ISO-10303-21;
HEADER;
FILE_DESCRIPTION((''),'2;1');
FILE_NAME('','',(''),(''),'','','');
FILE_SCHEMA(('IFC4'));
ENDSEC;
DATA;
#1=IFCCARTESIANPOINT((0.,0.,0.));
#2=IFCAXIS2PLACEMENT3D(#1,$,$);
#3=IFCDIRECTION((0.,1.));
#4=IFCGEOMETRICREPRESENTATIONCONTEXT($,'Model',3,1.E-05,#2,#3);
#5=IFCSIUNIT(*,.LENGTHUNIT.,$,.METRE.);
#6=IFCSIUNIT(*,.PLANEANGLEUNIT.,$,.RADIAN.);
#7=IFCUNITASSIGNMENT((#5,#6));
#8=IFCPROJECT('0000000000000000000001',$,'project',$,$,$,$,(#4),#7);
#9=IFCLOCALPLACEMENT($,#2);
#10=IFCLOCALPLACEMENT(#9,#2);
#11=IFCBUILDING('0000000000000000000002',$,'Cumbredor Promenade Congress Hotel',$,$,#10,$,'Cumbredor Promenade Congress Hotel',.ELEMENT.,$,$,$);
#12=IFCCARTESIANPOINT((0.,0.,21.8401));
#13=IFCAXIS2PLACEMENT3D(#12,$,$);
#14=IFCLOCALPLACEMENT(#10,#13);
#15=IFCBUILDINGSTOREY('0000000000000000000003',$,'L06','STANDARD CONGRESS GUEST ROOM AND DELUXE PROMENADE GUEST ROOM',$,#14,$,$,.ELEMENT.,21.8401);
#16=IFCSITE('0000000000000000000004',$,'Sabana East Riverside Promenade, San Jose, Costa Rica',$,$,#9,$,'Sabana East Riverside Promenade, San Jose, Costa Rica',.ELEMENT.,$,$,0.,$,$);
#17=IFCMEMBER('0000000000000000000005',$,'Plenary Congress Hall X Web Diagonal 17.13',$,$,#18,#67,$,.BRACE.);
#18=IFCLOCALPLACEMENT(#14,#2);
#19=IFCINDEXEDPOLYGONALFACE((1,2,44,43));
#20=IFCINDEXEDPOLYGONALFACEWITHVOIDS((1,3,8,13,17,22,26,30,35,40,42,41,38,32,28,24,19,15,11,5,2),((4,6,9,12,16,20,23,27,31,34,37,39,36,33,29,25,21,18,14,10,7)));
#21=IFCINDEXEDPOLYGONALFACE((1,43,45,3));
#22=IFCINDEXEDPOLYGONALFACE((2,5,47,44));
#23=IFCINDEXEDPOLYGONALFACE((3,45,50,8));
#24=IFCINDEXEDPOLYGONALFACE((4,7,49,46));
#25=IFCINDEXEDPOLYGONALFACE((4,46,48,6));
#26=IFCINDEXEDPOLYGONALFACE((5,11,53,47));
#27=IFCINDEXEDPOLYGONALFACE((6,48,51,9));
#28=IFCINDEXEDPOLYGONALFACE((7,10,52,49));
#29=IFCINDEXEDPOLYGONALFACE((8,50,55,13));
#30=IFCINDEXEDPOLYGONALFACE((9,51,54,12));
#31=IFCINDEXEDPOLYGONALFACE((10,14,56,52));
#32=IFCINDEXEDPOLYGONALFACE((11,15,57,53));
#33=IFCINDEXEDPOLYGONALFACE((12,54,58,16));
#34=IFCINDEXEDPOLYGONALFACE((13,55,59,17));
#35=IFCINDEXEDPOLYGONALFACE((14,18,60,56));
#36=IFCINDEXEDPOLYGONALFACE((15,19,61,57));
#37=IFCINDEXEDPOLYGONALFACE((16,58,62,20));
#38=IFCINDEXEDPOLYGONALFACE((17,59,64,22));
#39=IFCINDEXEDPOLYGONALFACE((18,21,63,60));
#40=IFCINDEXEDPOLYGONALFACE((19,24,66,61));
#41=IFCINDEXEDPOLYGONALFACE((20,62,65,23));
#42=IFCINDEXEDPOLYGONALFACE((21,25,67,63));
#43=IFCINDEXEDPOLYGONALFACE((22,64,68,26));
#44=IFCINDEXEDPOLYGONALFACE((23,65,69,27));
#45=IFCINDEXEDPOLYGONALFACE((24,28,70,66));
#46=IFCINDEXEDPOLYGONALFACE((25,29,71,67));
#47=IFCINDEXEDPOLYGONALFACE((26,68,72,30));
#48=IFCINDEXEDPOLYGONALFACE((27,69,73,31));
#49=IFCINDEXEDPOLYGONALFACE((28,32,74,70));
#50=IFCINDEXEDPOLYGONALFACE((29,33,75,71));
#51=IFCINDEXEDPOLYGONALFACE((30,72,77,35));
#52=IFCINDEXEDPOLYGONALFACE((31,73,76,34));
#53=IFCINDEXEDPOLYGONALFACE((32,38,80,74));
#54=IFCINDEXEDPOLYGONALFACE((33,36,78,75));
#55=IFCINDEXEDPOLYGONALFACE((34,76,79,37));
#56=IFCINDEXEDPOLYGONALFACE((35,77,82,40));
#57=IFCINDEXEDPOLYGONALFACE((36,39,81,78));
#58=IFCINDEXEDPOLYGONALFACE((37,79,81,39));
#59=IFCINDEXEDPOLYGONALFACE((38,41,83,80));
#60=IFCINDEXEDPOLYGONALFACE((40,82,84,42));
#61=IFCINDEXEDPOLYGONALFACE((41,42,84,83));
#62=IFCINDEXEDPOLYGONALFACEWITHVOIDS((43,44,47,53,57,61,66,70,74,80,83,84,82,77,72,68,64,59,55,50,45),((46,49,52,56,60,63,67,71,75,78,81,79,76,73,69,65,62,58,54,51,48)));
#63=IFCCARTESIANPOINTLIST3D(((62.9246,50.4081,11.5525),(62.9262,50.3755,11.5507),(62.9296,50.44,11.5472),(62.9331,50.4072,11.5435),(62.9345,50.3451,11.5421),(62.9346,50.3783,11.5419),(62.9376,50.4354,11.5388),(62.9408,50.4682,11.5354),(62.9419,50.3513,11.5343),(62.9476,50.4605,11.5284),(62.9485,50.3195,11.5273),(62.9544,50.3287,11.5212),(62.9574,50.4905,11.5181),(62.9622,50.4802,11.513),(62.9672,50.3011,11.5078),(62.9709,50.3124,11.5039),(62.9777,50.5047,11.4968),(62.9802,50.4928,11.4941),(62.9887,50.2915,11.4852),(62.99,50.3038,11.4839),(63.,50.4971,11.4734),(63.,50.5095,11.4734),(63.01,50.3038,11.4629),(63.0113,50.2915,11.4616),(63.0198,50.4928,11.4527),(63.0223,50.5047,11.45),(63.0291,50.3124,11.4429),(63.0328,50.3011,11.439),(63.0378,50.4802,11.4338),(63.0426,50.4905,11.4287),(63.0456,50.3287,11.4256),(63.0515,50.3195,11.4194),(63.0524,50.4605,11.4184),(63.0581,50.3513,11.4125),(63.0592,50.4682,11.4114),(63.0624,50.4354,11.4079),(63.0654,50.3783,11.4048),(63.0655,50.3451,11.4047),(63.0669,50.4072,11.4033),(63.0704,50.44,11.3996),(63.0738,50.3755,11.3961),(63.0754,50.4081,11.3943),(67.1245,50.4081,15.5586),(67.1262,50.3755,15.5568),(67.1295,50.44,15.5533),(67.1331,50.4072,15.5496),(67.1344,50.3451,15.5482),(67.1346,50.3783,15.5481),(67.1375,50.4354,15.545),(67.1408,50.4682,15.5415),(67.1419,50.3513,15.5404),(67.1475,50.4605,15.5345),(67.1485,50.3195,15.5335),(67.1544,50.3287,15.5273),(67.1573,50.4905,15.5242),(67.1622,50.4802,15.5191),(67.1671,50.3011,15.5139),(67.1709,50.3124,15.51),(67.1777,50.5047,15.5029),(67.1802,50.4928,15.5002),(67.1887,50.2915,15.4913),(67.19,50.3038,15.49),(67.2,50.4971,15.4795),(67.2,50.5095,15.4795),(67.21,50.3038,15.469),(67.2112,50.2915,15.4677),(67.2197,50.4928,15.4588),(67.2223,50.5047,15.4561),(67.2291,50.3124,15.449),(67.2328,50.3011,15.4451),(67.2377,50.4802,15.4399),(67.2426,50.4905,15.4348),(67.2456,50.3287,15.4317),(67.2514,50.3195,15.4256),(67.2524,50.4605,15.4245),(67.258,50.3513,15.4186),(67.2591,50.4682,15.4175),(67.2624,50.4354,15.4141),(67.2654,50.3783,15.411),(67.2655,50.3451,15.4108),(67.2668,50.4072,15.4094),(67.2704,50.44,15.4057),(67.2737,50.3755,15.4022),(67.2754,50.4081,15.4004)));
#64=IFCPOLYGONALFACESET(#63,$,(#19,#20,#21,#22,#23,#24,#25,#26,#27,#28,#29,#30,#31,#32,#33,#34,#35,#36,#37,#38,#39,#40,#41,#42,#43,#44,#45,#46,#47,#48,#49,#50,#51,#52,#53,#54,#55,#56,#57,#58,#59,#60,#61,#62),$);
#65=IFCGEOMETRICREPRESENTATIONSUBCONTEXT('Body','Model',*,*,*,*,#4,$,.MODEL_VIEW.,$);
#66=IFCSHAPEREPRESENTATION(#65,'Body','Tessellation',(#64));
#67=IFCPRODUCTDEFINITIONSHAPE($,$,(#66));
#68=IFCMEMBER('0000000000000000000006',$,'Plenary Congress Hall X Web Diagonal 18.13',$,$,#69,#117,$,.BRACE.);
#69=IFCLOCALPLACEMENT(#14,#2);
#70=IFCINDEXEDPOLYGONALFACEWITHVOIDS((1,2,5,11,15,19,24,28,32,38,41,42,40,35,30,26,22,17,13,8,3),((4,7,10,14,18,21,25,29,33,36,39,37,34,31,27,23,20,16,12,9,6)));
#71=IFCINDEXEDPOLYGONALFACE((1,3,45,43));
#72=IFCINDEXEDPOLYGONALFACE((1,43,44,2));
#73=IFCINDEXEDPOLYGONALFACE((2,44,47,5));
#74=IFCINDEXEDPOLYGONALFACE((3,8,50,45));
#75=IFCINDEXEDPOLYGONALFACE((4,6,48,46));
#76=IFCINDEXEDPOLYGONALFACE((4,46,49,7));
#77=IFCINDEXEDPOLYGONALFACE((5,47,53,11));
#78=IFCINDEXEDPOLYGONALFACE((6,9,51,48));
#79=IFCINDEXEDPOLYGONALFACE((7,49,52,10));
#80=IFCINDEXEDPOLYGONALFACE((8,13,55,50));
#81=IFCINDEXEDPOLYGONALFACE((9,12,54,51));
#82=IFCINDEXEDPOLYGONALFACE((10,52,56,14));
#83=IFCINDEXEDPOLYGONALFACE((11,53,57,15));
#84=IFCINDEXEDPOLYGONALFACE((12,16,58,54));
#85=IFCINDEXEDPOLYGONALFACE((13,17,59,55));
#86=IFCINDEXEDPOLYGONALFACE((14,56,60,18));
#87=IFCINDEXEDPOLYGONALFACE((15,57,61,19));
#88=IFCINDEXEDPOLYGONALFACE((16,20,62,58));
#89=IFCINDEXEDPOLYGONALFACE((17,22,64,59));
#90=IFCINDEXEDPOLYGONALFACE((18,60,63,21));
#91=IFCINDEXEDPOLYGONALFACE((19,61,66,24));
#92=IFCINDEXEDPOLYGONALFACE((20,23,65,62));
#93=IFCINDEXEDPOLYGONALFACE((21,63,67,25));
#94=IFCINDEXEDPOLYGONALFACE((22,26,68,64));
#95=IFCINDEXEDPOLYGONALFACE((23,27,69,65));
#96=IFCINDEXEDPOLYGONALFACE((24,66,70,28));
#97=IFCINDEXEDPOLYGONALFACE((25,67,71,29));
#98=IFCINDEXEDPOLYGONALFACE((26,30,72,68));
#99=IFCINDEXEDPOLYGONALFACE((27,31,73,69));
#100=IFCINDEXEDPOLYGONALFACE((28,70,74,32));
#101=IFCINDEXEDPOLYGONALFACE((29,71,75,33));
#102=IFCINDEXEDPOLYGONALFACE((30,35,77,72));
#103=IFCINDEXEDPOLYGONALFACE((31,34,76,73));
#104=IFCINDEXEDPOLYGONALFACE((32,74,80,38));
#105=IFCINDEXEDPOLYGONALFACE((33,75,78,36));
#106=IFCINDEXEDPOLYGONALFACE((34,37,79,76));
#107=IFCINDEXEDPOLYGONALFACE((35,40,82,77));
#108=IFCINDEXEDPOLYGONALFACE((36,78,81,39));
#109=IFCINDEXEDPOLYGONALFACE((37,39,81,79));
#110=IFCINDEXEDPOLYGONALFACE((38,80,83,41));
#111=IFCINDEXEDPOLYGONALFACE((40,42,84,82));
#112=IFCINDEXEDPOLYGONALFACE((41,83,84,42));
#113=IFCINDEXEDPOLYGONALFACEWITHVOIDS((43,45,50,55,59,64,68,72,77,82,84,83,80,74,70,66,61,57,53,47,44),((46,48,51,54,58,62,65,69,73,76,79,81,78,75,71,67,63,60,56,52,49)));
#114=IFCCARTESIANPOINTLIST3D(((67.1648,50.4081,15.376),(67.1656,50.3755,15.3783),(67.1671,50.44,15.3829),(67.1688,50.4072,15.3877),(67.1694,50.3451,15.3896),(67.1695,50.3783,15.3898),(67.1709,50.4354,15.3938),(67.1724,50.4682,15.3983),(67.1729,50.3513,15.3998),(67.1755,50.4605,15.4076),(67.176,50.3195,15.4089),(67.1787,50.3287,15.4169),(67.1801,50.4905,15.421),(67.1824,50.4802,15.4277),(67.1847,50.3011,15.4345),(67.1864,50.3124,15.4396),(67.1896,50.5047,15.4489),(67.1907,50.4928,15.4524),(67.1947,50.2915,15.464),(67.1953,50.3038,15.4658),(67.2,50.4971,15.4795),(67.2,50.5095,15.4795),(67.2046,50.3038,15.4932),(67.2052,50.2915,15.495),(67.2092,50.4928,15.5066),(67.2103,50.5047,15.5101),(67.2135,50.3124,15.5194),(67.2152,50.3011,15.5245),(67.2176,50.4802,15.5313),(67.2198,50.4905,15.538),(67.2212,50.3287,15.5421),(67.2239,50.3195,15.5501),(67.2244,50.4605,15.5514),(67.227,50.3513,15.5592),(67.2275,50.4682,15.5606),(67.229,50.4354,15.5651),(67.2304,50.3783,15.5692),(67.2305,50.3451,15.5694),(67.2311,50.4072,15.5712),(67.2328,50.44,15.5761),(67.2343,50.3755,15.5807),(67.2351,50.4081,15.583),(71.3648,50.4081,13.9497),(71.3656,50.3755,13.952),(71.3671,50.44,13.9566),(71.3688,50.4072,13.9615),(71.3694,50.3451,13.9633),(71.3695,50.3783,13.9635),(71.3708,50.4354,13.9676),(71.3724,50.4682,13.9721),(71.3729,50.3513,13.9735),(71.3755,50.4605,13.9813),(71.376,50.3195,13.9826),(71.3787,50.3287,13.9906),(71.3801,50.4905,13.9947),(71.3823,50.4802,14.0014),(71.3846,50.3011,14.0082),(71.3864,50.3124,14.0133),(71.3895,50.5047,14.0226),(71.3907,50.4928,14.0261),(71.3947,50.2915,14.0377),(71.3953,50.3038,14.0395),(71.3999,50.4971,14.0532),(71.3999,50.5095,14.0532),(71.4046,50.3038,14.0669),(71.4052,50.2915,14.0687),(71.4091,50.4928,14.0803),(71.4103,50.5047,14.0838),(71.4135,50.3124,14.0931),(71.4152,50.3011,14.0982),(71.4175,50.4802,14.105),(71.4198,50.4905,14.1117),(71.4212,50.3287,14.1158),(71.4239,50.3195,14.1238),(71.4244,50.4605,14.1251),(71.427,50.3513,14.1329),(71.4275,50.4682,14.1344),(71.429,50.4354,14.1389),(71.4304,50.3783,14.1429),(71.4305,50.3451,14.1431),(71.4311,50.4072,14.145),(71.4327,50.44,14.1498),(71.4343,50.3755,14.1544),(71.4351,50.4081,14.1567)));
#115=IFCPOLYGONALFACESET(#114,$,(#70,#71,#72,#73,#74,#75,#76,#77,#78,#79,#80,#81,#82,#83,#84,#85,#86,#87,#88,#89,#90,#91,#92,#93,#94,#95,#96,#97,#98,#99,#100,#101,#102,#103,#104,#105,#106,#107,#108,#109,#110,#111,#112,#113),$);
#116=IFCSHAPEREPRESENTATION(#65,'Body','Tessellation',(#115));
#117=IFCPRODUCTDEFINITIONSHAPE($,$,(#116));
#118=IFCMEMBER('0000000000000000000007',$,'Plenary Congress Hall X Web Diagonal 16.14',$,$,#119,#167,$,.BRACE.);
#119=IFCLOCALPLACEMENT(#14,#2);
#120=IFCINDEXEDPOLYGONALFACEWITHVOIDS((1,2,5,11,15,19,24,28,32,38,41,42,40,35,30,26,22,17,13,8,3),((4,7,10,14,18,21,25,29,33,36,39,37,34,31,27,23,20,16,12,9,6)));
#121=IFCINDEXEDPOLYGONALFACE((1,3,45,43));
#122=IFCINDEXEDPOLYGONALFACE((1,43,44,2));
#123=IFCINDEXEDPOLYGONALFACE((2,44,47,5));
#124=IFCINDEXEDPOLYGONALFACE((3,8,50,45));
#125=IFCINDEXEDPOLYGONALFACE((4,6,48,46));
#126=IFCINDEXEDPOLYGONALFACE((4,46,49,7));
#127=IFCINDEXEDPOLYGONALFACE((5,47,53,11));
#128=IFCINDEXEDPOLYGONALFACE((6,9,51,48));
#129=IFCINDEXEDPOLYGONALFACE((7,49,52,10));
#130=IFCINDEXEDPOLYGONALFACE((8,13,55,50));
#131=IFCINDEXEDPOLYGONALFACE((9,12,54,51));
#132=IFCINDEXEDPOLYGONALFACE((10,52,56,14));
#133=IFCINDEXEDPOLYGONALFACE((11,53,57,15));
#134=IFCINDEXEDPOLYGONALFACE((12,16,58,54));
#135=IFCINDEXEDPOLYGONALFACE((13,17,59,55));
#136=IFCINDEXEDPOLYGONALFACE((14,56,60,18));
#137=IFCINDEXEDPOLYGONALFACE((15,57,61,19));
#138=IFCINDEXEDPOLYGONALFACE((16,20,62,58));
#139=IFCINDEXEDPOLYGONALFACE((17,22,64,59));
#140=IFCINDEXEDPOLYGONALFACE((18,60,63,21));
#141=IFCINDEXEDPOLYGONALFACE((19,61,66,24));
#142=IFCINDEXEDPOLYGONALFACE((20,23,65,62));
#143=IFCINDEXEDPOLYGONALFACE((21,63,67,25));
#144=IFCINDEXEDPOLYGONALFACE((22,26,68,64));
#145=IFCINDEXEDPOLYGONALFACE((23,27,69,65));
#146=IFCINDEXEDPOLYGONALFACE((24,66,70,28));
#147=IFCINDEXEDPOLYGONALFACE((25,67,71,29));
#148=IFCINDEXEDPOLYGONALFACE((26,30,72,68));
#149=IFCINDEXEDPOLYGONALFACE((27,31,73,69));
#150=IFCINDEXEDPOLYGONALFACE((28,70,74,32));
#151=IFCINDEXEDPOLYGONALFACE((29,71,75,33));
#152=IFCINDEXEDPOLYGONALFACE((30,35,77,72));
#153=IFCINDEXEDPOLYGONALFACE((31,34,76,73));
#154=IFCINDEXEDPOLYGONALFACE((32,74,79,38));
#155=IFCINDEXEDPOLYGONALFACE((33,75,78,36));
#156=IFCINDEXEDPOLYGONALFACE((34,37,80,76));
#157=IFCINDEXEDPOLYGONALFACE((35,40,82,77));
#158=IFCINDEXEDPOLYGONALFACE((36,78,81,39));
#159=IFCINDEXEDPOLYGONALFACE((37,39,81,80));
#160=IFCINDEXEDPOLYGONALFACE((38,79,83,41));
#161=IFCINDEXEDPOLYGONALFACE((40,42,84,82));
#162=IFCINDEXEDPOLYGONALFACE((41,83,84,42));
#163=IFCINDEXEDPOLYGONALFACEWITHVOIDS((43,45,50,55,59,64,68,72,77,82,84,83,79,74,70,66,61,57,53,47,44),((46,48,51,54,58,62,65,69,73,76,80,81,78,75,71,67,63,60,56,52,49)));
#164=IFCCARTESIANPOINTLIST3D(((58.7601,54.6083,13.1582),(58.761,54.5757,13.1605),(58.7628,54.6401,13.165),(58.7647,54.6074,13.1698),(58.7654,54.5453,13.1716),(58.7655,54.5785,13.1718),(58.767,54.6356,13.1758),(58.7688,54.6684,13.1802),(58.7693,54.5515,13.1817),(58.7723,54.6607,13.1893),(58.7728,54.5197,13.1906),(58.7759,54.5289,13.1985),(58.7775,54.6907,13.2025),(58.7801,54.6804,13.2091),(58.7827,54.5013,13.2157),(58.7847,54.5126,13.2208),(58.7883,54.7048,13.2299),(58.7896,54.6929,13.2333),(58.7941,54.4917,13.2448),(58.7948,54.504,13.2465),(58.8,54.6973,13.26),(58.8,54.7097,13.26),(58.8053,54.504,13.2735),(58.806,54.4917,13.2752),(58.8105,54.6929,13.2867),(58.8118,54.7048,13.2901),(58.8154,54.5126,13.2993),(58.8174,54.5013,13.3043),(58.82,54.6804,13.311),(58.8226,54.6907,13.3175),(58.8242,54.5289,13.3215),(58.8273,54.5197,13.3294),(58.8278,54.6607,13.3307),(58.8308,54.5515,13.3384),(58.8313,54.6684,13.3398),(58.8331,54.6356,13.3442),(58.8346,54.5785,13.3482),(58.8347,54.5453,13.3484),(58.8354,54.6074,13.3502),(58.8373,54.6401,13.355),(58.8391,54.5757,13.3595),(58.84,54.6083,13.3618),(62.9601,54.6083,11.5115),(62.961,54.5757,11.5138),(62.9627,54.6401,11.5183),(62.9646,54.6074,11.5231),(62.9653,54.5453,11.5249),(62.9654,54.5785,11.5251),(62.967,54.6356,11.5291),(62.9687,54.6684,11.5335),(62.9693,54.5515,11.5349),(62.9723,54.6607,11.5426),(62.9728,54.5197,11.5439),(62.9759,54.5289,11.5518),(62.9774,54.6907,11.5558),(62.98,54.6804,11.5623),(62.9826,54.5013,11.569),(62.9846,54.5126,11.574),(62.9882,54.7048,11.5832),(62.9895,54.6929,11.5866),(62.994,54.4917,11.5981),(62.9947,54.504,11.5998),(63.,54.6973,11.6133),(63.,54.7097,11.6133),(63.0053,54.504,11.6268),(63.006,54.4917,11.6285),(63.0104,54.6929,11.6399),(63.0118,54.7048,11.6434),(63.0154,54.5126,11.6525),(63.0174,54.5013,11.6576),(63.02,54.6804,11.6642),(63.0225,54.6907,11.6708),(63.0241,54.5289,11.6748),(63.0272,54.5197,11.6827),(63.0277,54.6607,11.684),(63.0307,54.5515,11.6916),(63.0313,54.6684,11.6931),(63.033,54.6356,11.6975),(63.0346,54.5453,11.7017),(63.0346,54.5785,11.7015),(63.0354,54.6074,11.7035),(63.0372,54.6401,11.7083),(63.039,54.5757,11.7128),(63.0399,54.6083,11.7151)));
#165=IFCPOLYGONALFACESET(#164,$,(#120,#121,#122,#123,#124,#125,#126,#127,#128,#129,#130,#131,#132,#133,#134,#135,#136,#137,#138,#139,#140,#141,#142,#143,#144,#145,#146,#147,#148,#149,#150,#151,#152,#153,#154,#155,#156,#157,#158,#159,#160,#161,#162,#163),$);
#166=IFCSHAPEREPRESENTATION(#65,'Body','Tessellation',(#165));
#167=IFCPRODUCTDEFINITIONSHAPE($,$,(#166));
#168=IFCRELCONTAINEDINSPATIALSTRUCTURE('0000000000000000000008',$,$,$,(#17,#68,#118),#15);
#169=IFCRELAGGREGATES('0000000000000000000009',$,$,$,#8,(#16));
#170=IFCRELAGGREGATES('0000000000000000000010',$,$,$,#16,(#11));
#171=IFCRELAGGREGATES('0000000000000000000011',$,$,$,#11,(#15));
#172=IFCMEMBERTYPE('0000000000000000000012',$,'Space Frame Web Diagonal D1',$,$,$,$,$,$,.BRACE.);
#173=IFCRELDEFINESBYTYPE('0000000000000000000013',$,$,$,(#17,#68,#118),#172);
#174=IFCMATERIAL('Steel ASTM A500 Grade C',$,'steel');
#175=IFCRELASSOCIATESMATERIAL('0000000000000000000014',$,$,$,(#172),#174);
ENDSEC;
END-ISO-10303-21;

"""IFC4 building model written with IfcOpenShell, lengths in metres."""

from ifc_helpers import new_model, si_unit, direction, frame, origin, origin_2d, place, context, subcontext, project, spatial, hollow_circle, extrude, material, material_profile, profile_set, type_object, element, save


model = new_model("IFC4")

# Units and contexts
model_context = context("Model", 3, precision=1e-05, world=origin(), true_north=direction((0.0, 1.0)))
body_context = subcontext(model_context, "Body", "Model", "MODEL_VIEW")
ifc_project = project(units=[si_unit("LENGTHUNIT", "METRE"), si_unit("PLANEANGLEUNIT", "RADIAN")], contexts=[model_context])

# Site, building, storey
site_placement = place(None, origin())
site = spatial("IfcSite", under=ifc_project, at=site_placement, Name="Sabana East Riverside Promenade, San Jose, Costa Rica", LongName="Sabana East Riverside Promenade, San Jose, Costa Rica", CompositionType="ELEMENT", RefElevation=0.0)
building_placement = place(site_placement, origin())
building = spatial("IfcBuilding", under=site, at=building_placement, Name="Cumbredor Promenade Congress Hotel", LongName="Cumbredor Promenade Congress Hotel", CompositionType="ELEMENT")
storey_placement = place(building_placement, frame((0.0, 0.0, 21.8401)))
storey = spatial("IfcBuildingStorey", under=building, at=storey_placement, Name="L06", Description="STANDARD CONGRESS GUEST ROOM AND DELUXE PROMENADE GUEST ROOM", CompositionType="ELEMENT", Elevation=21.8401)

# Members
ifc_material_1 = material(Name="Steel ASTM A500 Grade C", Category="steel")
ifc_material_profile_1 = material_profile(ifc_material_1, hollow_circle(Radius=0.1096, WallThickness=0.0125, at=origin_2d()), Name="CHS 219.1x12.5")
ifc_profile_set_1 = profile_set([ifc_material_profile_1], Name="Steel ASTM A500 Grade C")
member_type_1 = type_object("IfcMemberType", Name="Space Frame Web Diagonal D1", PredefinedType="BRACE", material=ifc_profile_set_1)
member_1_placement = place(storey_placement, frame((63.0, 50.3999, 11.4734), z_axis=(0.723609, 0.0, 0.690211), x_axis=(0.0, 1.0, 0.0)))
element("IfcMember", 1, at=member_1_placement, inside=storey, type_object=member_type_1, Name="Plenary Congress Hall X Web Diagonal 17.13", PredefinedType="BRACE", context=body_context, shape_type="SweptSolid", body=[
    extrude(hollow_circle(Radius=0.1096, WallThickness=0.0125, at=origin_2d()), origin(), (0.0, 0.0, 1.0), 5.8042),
])
member_2_placement = place(storey_placement, frame((67.2, 50.3999, 15.4795), z_axis=(0.94689, 0.0, -0.321556), x_axis=(0.0, 1.0, 0.0)))
element("IfcMember", 2, at=member_2_placement, inside=storey, type_object=member_type_1, Name="Plenary Congress Hall X Web Diagonal 18.13", PredefinedType="BRACE", context=body_context, shape_type="SweptSolid", body=[
    extrude(hollow_circle(Radius=0.1096, WallThickness=0.0125, at=origin_2d()), origin(), (0.0, 0.0, 1.0), 4.4355),
])
member_3_placement = place(storey_placement, frame((58.8, 54.6001, 13.26), z_axis=(0.930997, 0.0, -0.365028), x_axis=(0.0, 1.0, 0.0)))
element("IfcMember", 3, at=member_3_placement, inside=storey, type_object=member_type_1, Name="Plenary Congress Hall X Web Diagonal 16.14", PredefinedType="BRACE", context=body_context, shape_type="SweptSolid", body=[
    extrude(hollow_circle(Radius=0.1096, WallThickness=0.0125, at=origin_2d()), origin(), (0.0, 0.0, 1.0), 4.5112),
])

save(model, "model.ifc")
